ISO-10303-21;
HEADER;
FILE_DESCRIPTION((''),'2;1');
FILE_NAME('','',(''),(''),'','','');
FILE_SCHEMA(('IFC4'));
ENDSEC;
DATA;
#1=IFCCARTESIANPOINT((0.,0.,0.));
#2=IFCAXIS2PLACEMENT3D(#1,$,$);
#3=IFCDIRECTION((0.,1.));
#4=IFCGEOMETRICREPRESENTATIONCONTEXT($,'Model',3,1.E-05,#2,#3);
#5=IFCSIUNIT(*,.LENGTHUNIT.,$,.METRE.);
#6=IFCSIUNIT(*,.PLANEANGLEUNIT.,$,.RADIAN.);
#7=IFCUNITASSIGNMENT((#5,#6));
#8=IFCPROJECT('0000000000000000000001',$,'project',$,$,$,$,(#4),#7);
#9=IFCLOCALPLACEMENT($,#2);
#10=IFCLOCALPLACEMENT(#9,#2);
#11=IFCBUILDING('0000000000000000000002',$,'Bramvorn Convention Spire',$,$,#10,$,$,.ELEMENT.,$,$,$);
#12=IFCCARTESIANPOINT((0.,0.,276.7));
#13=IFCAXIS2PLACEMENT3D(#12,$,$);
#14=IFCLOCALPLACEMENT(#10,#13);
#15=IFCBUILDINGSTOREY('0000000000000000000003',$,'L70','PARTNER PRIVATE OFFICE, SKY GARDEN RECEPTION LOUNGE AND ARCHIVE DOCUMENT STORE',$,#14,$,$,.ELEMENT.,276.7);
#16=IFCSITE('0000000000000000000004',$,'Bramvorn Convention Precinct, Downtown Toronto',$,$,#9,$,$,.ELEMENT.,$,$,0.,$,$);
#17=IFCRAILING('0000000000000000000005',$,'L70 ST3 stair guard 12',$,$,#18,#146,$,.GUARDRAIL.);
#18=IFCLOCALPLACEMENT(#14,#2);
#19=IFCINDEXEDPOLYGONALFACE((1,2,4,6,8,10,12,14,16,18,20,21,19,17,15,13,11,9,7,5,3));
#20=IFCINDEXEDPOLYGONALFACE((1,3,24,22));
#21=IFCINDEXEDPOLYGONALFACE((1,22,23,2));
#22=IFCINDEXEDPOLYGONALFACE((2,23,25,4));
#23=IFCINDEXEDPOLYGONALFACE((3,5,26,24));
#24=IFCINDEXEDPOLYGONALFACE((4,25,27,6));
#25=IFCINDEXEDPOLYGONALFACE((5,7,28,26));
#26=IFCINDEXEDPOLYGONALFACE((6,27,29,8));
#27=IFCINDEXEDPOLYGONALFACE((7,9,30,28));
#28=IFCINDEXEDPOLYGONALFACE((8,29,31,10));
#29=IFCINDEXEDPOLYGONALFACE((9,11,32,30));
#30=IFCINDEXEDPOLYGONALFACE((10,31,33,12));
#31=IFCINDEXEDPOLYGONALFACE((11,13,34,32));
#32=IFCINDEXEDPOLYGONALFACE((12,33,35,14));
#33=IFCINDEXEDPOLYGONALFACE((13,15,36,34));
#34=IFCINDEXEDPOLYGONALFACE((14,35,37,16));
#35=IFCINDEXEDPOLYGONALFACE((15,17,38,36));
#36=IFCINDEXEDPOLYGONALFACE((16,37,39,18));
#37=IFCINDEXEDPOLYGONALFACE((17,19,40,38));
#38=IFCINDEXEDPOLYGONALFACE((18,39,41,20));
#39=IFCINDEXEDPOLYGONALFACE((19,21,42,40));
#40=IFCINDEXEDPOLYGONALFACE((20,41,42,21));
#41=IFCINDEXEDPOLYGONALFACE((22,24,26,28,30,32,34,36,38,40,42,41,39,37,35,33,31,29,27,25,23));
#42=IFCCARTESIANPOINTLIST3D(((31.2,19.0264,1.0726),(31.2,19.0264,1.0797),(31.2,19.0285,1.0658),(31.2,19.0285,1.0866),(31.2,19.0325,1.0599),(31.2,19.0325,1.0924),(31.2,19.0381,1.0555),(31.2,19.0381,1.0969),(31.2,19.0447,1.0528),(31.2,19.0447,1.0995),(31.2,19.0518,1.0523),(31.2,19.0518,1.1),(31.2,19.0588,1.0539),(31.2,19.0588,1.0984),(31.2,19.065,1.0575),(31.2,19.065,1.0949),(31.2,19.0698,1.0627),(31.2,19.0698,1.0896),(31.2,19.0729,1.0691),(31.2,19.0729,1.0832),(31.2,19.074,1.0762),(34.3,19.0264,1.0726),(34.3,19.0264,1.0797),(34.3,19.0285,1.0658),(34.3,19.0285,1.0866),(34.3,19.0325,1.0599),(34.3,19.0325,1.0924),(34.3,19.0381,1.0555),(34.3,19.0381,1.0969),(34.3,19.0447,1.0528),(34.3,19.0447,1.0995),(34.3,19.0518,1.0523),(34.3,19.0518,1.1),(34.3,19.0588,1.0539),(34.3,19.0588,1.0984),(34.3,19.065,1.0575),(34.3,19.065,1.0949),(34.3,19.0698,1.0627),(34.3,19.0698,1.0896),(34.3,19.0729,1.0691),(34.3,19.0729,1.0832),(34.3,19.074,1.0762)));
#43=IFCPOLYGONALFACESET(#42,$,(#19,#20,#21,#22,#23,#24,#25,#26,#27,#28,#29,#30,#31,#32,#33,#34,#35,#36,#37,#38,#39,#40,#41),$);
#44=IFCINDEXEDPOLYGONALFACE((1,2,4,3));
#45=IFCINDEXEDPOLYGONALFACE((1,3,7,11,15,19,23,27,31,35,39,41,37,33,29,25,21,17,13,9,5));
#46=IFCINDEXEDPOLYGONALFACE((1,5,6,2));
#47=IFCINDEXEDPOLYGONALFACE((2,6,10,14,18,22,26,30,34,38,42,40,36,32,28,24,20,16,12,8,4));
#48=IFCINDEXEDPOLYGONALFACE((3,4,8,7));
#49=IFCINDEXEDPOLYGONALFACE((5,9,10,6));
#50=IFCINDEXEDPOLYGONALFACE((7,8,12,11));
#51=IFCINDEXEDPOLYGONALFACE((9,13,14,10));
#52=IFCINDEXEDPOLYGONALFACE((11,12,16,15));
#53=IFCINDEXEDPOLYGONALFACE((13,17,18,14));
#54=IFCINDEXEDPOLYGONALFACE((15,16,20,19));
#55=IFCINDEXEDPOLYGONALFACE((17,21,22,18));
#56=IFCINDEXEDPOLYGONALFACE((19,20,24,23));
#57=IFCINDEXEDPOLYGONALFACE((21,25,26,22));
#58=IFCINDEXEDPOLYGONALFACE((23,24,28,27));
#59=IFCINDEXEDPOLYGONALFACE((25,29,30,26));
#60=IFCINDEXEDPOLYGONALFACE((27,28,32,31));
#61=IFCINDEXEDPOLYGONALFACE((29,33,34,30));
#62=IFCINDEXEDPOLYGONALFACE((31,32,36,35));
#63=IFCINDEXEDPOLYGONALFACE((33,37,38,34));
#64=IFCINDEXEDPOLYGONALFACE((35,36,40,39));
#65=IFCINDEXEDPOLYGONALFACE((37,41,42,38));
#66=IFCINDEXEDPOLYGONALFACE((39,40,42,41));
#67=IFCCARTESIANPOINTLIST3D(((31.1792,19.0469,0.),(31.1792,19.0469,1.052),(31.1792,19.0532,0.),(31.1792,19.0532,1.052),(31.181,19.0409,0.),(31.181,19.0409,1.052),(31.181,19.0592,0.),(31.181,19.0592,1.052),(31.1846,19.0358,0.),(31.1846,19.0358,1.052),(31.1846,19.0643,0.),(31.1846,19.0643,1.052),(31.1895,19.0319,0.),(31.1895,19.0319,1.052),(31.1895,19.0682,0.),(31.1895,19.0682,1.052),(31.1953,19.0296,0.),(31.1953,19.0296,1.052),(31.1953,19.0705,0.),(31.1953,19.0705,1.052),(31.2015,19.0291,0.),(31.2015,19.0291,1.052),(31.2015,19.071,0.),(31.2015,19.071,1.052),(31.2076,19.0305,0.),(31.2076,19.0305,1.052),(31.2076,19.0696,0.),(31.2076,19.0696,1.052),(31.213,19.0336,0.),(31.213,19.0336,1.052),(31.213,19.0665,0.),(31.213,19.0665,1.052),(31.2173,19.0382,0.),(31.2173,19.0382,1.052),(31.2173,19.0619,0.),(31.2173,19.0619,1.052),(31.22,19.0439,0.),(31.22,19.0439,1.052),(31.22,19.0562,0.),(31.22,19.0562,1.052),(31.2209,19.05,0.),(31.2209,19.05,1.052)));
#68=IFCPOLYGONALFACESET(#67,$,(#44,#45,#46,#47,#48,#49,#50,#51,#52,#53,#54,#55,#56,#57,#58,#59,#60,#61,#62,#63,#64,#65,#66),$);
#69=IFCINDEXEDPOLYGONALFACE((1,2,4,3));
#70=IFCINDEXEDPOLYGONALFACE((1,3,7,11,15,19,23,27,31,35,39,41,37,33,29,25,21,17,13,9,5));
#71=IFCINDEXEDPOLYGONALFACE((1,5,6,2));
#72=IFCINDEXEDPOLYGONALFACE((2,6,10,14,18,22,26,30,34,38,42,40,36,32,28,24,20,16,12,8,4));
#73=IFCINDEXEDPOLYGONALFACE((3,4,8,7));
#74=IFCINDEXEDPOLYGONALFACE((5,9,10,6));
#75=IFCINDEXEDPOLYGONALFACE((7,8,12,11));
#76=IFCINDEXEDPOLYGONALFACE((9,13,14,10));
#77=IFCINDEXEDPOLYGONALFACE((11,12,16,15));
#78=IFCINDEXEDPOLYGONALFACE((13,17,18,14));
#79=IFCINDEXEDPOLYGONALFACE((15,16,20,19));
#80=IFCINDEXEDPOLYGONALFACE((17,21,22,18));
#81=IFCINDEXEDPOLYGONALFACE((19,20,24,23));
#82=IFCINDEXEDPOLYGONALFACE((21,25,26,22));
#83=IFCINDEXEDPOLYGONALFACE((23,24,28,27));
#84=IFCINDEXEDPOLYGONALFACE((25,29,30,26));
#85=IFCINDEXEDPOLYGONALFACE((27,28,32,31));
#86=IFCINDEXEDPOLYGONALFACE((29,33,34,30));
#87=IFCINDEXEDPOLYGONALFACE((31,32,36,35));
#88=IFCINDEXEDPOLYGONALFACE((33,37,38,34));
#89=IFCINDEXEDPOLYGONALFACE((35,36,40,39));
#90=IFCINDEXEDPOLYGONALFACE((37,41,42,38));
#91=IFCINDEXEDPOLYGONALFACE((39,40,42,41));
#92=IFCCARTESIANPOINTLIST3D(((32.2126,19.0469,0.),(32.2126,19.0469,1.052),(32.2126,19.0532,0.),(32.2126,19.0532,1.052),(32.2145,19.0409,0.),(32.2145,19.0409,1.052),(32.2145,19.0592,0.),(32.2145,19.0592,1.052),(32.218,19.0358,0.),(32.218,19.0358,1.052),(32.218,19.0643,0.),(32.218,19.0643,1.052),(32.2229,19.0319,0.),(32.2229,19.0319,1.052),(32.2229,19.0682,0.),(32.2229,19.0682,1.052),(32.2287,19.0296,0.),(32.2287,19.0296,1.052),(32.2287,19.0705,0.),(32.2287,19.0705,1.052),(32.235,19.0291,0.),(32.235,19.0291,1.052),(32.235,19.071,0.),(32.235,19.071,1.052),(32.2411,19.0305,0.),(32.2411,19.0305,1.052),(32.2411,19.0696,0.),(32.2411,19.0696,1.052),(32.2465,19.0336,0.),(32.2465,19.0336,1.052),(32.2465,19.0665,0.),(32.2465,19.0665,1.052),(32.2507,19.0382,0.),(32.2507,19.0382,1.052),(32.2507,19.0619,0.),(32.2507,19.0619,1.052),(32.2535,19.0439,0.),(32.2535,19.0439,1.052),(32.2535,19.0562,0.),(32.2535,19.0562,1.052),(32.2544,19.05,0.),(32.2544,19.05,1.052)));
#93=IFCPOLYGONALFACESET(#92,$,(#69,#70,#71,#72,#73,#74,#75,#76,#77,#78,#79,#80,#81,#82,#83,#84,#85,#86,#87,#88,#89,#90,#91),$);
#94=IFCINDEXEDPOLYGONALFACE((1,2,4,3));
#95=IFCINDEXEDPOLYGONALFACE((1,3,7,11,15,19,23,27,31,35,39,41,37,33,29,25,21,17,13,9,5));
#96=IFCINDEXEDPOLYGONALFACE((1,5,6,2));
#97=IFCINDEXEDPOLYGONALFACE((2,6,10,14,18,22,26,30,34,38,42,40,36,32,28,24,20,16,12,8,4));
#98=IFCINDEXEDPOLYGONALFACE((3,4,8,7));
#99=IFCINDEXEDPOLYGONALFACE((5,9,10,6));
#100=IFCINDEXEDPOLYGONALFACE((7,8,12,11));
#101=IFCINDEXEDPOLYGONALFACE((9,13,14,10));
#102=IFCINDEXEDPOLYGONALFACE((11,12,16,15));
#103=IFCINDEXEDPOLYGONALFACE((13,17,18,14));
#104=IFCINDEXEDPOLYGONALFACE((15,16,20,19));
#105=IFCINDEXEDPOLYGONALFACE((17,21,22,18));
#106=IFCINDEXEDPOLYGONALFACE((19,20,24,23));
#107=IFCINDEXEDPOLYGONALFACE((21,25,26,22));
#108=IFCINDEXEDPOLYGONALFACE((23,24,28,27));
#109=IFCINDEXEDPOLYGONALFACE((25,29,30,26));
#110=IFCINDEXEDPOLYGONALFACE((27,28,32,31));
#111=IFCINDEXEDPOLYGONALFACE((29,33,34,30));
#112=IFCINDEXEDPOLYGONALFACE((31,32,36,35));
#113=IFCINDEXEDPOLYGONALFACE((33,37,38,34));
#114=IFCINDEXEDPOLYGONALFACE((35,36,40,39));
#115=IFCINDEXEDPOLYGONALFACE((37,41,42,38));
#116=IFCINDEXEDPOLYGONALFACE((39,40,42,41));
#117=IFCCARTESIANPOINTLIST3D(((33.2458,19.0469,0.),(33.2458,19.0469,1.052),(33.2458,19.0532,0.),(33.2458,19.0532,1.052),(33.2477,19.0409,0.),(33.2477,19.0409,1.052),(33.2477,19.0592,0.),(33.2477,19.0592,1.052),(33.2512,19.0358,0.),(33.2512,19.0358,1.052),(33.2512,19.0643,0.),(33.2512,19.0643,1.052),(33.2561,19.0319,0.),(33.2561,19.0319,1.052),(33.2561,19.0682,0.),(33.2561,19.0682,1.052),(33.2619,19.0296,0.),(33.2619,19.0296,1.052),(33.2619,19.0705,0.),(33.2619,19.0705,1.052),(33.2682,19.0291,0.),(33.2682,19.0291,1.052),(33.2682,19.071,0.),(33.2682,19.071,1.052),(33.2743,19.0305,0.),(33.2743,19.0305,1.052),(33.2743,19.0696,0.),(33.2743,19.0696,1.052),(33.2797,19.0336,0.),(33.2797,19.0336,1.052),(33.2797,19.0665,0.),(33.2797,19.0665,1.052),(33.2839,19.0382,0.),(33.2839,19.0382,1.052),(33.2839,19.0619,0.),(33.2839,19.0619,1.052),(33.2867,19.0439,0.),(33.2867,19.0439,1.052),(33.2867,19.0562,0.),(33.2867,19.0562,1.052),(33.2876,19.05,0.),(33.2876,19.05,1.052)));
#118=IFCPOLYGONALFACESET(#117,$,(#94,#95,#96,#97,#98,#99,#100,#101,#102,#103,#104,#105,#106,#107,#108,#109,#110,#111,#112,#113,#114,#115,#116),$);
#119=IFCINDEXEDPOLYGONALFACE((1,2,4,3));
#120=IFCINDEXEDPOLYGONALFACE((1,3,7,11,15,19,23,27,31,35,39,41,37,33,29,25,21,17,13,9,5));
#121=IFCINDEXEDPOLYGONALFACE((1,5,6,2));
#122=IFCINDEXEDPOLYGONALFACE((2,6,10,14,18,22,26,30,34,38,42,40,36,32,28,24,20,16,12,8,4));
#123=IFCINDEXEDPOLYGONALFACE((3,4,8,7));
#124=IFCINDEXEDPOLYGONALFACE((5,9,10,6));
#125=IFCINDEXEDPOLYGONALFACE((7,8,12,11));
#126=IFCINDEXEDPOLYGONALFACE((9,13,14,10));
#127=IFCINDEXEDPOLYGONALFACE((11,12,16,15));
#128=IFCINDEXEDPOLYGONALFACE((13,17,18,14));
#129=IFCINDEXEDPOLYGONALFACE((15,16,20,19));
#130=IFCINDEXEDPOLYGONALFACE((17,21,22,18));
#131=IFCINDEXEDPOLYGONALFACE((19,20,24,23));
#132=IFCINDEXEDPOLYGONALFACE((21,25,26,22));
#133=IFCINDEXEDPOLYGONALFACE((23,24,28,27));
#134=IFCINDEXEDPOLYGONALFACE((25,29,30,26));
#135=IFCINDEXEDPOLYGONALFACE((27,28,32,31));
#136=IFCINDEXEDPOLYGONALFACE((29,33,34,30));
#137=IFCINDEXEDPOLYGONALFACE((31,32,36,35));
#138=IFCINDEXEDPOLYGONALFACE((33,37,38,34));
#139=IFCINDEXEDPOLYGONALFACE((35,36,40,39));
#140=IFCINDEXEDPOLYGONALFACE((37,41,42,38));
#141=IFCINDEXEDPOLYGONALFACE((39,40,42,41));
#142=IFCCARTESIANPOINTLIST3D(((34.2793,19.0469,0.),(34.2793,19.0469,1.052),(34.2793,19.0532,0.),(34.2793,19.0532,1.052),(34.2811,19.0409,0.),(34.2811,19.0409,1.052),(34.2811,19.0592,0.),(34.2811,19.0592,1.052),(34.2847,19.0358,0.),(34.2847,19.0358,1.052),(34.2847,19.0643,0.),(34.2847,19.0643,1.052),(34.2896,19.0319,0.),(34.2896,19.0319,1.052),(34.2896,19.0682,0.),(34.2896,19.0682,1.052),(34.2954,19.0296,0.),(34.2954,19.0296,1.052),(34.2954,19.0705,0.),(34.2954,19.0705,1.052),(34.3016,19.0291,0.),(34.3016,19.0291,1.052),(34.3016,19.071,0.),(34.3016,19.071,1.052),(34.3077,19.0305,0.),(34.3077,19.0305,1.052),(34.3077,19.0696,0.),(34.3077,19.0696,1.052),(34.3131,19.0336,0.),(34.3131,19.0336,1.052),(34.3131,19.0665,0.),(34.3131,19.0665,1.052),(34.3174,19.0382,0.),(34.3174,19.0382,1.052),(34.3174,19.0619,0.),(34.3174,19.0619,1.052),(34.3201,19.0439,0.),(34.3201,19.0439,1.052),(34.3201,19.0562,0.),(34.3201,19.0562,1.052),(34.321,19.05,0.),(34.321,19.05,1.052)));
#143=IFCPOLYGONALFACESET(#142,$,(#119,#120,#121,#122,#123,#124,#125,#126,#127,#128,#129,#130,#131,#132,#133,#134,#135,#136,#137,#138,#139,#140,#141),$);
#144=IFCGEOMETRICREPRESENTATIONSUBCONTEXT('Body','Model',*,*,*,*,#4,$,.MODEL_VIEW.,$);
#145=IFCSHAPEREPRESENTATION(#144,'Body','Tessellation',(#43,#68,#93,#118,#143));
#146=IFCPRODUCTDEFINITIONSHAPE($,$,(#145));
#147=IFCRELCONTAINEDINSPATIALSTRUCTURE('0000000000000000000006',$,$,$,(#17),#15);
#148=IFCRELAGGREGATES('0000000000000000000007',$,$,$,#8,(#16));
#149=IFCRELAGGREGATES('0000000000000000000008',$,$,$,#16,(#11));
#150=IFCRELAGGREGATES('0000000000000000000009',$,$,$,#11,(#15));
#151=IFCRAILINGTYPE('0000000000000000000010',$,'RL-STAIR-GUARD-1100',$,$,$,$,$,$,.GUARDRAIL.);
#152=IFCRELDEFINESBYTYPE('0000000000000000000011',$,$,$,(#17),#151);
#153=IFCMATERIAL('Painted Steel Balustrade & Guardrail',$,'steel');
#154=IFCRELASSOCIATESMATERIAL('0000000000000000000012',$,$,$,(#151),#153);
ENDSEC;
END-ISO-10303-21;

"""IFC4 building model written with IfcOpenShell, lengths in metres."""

from ifc_helpers import new_model, si_unit, direction, frame, origin, origin_2d, place, context, subcontext, project, spatial, circle, extrude, material, type_object, element, save


model = new_model("IFC4")

# Units and contexts
model_context = context("Model", 3, precision=1e-05, world=origin(), true_north=direction((0.0, 1.0)))
body_context = subcontext(model_context, "Body", "Model", "MODEL_VIEW")
ifc_project = project(units=[si_unit("LENGTHUNIT", "METRE"), si_unit("PLANEANGLEUNIT", "RADIAN")], contexts=[model_context])

# Site, building, storey
site_placement = place(None, origin())
site = spatial("IfcSite", under=ifc_project, at=site_placement, Name="Bramvorn Convention Precinct, Downtown Toronto", CompositionType="ELEMENT", RefElevation=0.0)
building_placement = place(site_placement, origin())
building = spatial("IfcBuilding", under=site, at=building_placement, Name="Bramvorn Convention Spire", CompositionType="ELEMENT")
storey_placement = place(building_placement, frame((0.0, 0.0, 276.7)))
storey = spatial("IfcBuildingStorey", under=building, at=storey_placement, Name="L70", Description="PARTNER PRIVATE OFFICE, SKY GARDEN RECEPTION LOUNGE AND ARCHIVE DOCUMENT STORE", CompositionType="ELEMENT", Elevation=276.7)

# Railing
ifc_material_1 = material(Name="Painted Steel Balustrade & Guardrail", Category="steel")
railing_type_1 = type_object("IfcRailingType", Name="RL-STAIR-GUARD-1100", PredefinedType="GUARDRAIL", material=ifc_material_1)
railing_1_placement = place(storey_placement, frame((31.2, 19.05, 0.0)))
element("IfcRailing", 1, at=railing_1_placement, inside=storey, type_object=railing_type_1, Name="L70 ST3 stair guard 12", PredefinedType="GUARDRAIL", context=body_context, shape_type="SweptSolid", body=[
    extrude(circle(Radius=0.0239, at=origin_2d()), frame((0.0, 0.0, 1.0762), z_axis=(1.0, 0.0, 0.0), x_axis=(0.0, 1.0, 0.0)), (0.0, 0.0, 1.0), 3.1001),
    extrude(circle(Radius=0.021, at=origin_2d()), origin(), (0.0, 0.0, 1.0), 1.052),
    extrude(circle(Radius=0.021, at=origin_2d()), frame((1.0334, 0.0, 0.0)), (0.0, 0.0, 1.0), 1.052),
    extrude(circle(Radius=0.021, at=origin_2d()), frame((2.0667, 0.0, 0.0)), (0.0, 0.0, 1.0), 1.052),
    extrude(circle(Radius=0.021, at=origin_2d()), frame((3.1001, 0.0, 0.0)), (0.0, 0.0, 1.0), 1.052),
])

save(model, "model.ifc")
